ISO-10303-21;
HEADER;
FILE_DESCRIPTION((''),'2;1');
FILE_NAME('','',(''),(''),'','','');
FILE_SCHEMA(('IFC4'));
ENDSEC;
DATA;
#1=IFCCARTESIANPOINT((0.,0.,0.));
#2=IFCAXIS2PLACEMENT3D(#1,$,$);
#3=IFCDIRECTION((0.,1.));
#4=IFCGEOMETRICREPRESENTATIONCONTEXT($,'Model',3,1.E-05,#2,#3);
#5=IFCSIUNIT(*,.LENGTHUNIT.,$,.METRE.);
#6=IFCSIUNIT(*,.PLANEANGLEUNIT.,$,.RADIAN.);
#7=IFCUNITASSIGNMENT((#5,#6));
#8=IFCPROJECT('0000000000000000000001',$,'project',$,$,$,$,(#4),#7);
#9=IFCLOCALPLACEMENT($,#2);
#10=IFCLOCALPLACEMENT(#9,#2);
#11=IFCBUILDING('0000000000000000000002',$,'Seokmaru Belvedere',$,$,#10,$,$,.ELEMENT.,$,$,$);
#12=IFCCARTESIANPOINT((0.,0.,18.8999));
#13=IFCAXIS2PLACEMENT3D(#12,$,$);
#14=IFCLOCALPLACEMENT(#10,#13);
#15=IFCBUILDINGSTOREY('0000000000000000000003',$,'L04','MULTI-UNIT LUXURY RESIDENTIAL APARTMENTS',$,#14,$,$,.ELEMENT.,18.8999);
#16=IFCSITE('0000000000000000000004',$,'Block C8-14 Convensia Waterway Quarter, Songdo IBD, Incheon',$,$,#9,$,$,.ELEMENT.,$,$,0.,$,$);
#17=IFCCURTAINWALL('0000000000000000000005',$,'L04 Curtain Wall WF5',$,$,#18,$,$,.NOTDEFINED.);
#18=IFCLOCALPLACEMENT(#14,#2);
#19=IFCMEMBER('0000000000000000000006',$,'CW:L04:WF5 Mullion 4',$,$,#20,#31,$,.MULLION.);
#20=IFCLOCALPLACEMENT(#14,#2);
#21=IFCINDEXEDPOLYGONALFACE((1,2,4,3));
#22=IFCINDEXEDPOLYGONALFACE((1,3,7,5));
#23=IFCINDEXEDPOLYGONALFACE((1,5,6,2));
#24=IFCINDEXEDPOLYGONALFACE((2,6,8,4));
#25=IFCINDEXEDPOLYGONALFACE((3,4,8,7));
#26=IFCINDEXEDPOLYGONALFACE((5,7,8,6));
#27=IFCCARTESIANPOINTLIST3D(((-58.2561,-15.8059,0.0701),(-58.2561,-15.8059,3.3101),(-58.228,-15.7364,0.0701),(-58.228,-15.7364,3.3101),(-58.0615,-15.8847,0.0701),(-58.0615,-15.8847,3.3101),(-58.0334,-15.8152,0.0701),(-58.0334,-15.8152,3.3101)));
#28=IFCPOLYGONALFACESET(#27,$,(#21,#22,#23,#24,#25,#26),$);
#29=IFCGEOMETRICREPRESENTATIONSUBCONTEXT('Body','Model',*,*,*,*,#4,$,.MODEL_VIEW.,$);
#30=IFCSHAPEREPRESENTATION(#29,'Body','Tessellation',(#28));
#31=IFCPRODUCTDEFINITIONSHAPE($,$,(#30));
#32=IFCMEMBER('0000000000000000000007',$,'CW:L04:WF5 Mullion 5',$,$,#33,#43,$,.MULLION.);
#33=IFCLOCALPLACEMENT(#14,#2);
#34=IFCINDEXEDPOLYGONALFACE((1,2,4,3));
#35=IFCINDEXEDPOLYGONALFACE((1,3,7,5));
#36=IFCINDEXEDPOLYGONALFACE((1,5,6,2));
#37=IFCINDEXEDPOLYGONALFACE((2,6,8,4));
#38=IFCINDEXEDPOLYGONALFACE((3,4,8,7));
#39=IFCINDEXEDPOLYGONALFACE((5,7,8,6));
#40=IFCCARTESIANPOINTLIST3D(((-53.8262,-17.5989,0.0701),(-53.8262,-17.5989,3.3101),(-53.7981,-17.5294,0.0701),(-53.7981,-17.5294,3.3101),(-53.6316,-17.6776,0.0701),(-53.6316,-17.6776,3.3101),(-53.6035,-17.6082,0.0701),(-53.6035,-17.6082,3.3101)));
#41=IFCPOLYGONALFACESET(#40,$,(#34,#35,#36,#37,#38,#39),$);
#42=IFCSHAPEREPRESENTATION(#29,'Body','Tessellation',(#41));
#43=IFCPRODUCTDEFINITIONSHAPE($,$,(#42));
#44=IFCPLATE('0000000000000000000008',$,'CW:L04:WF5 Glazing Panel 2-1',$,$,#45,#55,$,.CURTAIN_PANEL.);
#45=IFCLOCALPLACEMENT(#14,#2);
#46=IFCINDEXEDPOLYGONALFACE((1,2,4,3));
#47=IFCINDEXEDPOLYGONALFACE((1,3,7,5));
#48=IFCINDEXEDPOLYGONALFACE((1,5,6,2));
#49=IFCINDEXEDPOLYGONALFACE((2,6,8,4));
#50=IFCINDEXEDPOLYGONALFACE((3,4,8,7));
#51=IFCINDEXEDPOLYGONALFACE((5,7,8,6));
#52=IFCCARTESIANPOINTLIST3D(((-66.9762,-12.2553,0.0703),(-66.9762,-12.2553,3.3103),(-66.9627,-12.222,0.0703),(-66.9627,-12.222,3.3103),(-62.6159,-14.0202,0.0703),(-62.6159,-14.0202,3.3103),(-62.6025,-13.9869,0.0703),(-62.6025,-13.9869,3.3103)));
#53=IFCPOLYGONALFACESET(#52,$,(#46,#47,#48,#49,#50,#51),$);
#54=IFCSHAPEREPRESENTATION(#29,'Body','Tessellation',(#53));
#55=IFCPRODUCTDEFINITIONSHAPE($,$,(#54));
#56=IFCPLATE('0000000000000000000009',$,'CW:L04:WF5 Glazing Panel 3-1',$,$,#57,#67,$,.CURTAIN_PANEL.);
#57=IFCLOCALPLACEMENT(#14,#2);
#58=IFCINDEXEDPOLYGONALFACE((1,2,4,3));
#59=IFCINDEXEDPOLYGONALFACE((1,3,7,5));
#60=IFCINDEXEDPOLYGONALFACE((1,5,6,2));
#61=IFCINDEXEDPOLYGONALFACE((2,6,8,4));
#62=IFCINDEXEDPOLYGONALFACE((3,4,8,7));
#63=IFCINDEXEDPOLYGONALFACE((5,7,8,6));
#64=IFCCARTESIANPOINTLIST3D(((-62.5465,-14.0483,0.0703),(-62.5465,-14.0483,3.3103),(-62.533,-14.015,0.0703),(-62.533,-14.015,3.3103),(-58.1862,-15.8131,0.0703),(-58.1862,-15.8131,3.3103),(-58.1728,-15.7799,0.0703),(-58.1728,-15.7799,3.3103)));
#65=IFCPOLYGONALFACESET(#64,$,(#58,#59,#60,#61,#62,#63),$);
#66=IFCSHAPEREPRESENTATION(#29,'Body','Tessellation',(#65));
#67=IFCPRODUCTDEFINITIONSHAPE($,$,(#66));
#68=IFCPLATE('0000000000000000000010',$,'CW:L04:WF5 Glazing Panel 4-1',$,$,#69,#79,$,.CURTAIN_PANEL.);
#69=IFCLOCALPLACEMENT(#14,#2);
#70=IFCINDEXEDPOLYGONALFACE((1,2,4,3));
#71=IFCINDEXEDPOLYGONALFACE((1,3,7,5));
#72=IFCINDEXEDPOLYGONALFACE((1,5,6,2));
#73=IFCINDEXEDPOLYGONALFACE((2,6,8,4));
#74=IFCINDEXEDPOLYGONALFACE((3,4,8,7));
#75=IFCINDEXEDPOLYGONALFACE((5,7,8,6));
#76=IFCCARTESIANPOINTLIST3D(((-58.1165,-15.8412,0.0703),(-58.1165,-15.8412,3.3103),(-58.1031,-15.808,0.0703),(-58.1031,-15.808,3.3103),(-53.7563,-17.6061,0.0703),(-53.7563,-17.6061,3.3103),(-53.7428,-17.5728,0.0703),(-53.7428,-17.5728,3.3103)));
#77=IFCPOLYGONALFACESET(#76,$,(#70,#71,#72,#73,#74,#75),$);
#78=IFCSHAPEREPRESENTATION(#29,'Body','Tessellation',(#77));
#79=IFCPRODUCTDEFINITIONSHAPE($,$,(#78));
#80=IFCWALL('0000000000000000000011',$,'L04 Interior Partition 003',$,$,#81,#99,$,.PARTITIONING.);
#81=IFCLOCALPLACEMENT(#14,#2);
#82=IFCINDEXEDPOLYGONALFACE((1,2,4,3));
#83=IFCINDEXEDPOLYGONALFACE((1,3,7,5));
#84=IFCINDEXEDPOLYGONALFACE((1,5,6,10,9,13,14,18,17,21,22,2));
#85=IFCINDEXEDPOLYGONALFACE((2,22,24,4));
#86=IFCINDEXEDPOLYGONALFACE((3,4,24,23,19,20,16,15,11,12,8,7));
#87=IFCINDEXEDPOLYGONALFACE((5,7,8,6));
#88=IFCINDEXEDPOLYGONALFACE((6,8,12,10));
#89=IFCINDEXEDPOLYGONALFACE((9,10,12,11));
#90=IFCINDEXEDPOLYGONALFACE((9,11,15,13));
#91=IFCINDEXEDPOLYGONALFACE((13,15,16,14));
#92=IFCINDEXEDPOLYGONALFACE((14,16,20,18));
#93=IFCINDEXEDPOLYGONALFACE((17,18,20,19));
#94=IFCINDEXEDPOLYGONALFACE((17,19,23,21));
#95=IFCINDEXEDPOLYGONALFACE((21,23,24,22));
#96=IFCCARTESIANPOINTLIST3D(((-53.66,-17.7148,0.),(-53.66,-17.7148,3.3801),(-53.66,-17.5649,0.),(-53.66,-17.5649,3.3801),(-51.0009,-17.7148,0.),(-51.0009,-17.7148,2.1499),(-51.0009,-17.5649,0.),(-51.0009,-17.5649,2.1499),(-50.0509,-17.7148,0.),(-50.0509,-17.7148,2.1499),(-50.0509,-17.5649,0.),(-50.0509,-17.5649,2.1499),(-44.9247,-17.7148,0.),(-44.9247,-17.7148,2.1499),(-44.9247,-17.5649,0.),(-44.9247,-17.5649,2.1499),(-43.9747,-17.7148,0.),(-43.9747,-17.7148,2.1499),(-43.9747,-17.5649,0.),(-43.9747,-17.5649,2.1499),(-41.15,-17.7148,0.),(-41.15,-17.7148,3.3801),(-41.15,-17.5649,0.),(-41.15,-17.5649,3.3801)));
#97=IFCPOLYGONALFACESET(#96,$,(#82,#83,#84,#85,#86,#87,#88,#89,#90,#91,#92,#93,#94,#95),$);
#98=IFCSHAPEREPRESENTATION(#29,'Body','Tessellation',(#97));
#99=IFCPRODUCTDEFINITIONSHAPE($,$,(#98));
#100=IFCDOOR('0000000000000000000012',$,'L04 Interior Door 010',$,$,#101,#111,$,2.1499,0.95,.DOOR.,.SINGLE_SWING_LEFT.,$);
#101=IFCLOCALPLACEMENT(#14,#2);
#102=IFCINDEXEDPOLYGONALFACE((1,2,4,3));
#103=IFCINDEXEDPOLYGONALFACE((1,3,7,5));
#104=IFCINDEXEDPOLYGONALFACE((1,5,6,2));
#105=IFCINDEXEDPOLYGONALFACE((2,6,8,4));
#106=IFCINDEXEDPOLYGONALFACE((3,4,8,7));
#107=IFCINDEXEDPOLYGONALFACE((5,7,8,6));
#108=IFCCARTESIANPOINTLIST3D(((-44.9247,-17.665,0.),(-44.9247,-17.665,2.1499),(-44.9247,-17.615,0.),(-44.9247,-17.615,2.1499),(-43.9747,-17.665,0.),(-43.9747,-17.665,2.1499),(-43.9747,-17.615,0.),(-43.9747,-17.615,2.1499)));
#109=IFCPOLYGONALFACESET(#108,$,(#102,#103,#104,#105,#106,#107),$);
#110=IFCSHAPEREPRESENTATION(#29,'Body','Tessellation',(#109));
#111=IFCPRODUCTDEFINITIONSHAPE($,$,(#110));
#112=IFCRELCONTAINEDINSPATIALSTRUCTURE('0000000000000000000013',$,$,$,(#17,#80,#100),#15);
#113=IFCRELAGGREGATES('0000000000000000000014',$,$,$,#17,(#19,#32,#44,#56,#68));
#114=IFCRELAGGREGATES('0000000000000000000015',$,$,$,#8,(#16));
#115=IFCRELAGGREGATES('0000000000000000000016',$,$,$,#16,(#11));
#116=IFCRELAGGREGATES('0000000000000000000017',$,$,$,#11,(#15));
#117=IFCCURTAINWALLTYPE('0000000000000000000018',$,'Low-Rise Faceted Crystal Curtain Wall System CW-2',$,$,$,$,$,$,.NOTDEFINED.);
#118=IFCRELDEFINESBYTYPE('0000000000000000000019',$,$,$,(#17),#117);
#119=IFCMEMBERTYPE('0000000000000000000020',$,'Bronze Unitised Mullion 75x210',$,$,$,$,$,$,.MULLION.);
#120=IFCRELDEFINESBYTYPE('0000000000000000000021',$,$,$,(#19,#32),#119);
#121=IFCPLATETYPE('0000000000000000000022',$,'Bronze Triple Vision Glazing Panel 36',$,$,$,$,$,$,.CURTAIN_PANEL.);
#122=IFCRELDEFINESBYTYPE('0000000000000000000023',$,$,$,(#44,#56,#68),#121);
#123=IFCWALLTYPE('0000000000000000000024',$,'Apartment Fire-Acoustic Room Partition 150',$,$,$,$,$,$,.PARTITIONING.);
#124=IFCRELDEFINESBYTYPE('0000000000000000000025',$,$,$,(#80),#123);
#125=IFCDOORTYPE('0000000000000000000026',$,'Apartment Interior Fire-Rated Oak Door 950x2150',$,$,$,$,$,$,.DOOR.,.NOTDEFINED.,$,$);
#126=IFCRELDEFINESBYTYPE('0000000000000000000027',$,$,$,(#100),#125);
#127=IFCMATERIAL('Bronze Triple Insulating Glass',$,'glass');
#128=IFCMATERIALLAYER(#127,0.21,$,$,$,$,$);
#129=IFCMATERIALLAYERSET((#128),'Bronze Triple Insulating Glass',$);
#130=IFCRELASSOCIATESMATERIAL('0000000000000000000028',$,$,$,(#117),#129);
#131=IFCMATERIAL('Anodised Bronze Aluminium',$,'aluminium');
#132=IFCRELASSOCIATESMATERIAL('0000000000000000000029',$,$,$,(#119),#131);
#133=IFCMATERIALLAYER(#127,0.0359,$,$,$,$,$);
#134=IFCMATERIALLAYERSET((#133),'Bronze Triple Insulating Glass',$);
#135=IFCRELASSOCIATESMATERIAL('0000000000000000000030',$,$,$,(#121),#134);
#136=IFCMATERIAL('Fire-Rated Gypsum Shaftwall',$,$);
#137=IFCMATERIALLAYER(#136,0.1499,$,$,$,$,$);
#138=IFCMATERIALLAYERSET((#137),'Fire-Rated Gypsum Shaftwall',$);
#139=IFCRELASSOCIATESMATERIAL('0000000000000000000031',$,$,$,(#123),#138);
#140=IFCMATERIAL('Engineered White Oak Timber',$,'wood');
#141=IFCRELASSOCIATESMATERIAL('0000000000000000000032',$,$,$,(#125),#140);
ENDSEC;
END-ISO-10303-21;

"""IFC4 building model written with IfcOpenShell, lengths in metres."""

from ifc_helpers import new_model, si_unit, direction, frame, frame_2d, origin, origin_2d, place, context, subcontext, project, spatial, rectangle, extrude, source, transform, mapped, material, layer, layer_set, material_profile, profile_set, type_object, type_shapes, element, fill, aggregate, save


model = new_model("IFC4")

# Units and contexts
model_context = context("Model", 3, precision=1e-05, world=origin(), true_north=direction((0.0, 1.0)))
body_context = subcontext(model_context, "Body", "Model", "MODEL_VIEW")
ifc_project = project(units=[si_unit("LENGTHUNIT", "METRE"), si_unit("PLANEANGLEUNIT", "RADIAN")], contexts=[model_context])

# Site, building, storey
site_placement = place(None, origin())
site = spatial("IfcSite", under=ifc_project, at=site_placement, Name="Block C8-14 Convensia Waterway Quarter, Songdo IBD, Incheon", CompositionType="ELEMENT", RefElevation=0.0)
building_placement = place(site_placement, origin())
building = spatial("IfcBuilding", under=site, at=building_placement, Name="Seokmaru Belvedere", CompositionType="ELEMENT")
storey_placement = place(building_placement, frame((0.0, 0.0, 18.8999)))
storey = spatial("IfcBuildingStorey", under=building, at=storey_placement, Name="L04", Description="MULTI-UNIT LUXURY RESIDENTIAL APARTMENTS", CompositionType="ELEMENT", Elevation=18.8999)

# Curtain wall, members, plates
ifc_material_1 = material(Name="Bronze Triple Insulating Glass", Category="glass")
ifc_layer_1 = layer(ifc_material_1, 0.21)
ifc_layer_set_1 = layer_set([ifc_layer_1], Name="Bronze Triple Insulating Glass")
curtain_wall_type = type_object("IfcCurtainWallType", Name="Low-Rise Faceted Crystal Curtain Wall System CW-2", PredefinedType="NOTDEFINED", material=ifc_layer_set_1)
curtain_wall_placement = place(storey_placement, origin())
curtain_wall = element("IfcCurtainWall", 1, at=curtain_wall_placement, inside=storey, type_object=curtain_wall_type, Name="L04 Curtain Wall WF5", PredefinedType="NOTDEFINED")
ifc_material_2 = material(Name="Anodised Bronze Aluminium", Category="aluminium")
ifc_material_profile_1 = material_profile(ifc_material_2, rectangle(XDim=0.075, YDim=0.21, at=origin_2d()), Name="CW-M-75x210")
ifc_profile_set_1 = profile_set([ifc_material_profile_1], Name="Anodised Bronze Aluminium")
member_type = type_object("IfcMemberType", Name="Bronze Unitised Mullion 75x210", PredefinedType="MULLION", material=ifc_profile_set_1)
shared_shape_1 = source(origin(), body_context, "Body", "SweptSolid", [
    extrude(rectangle(XDim=0.075, YDim=0.21, at=origin_2d()), origin(), (0.0, 0.0, 1.0), 3.24),
])
type_shapes(member_type, [shared_shape_1])
member_1_placement = place(storey_placement, frame((-58.1448, -15.8105, 0.0701), z_axis=(0.0, 0.0, 1.0), x_axis=(0.375192, 0.926947, 0.0)))
member_1 = element("IfcMember", 2, at=member_1_placement, type_object=member_type, Name="CW:L04:WF5 Mullion 4", PredefinedType="MULLION", context=body_context, shape_type="MappedRepresentation", body=[
    mapped(shared_shape_1, transform((0.0, 0.0, 0.0), scale=1.0)),
])
member_2_placement = place(storey_placement, frame((-53.7148, -17.6035, 0.0701), z_axis=(0.0, 0.0, 1.0), x_axis=(0.375192, 0.926947, 0.0)))
member_2 = element("IfcMember", 3, at=member_2_placement, type_object=member_type, Name="CW:L04:WF5 Mullion 5", PredefinedType="MULLION", context=body_context, shape_type="MappedRepresentation", body=[
    mapped(shared_shape_1, transform((0.0, 0.0, 0.0), scale=1.0)),
])
ifc_layer_2 = layer(ifc_material_1, 0.0359)
ifc_layer_set_2 = layer_set([ifc_layer_2], Name="Bronze Triple Insulating Glass")
plate_type = type_object("IfcPlateType", Name="Bronze Triple Vision Glazing Panel 36", PredefinedType="CURTAIN_PANEL", material=ifc_layer_set_2)
shared_shape_2 = source(origin(), body_context, "Body", "SweptSolid", [
    extrude(rectangle(XDim=4.7039, YDim=0.0359, at=origin_2d()), origin(), (0.0, 0.0, 1.0), 3.24),
])
type_shapes(plate_type, [shared_shape_2])
plate_1_placement = place(storey_placement, frame((-64.7893, -13.1211, 0.0703), z_axis=(0.0, 0.0, 1.0), x_axis=(0.926947, -0.375192, 0.0)))
plate_1 = element("IfcPlate", 4, at=plate_1_placement, type_object=plate_type, Name="CW:L04:WF5 Glazing Panel 2-1", PredefinedType="CURTAIN_PANEL", context=body_context, shape_type="MappedRepresentation", body=[
    mapped(shared_shape_2, transform((0.0, 0.0, 0.0), scale=1.0)),
])
plate_2_placement = place(storey_placement, frame((-60.3596, -14.9141, 0.0703), z_axis=(0.0, 0.0, 1.0), x_axis=(0.926947, -0.375192, 0.0)))
plate_2 = element("IfcPlate", 5, at=plate_2_placement, type_object=plate_type, Name="CW:L04:WF5 Glazing Panel 3-1", PredefinedType="CURTAIN_PANEL", context=body_context, shape_type="MappedRepresentation", body=[
    mapped(shared_shape_2, transform((0.0, 0.0, 0.0), scale=1.0)),
])
plate_3_placement = place(storey_placement, frame((-55.9297, -16.707, 0.0703), z_axis=(0.0, 0.0, 1.0), x_axis=(0.926947, -0.375192, 0.0)))
plate_3 = element("IfcPlate", 6, at=plate_3_placement, type_object=plate_type, Name="CW:L04:WF5 Glazing Panel 4-1", PredefinedType="CURTAIN_PANEL", context=body_context, shape_type="MappedRepresentation", body=[
    mapped(shared_shape_2, transform((0.0, 0.0, 0.0), scale=1.0)),
])
aggregate(curtain_wall, [member_1, member_2, plate_1, plate_2, plate_3])

# Wall, openings, door
ifc_material_3 = material(Name="Fire-Rated Gypsum Shaftwall")
ifc_layer_3 = layer(ifc_material_3, 0.1499)
ifc_layer_set_3 = layer_set([ifc_layer_3], Name="Fire-Rated Gypsum Shaftwall")
wall_type = type_object("IfcWallType", Name="Apartment Fire-Acoustic Room Partition 150", PredefinedType="PARTITIONING", material=ifc_layer_set_3)
wall_1_placement = place(storey_placement, frame((-53.6599, -17.6399, 0.0), z_axis=(0.0, 0.0, 1.0), x_axis=(1.0, 0.0, 0.0)))
wall_1 = element("IfcWall", 7, at=wall_1_placement, inside=storey, type_object=wall_type, Name="L04 Interior Partition 003", PredefinedType="PARTITIONING", context=body_context, shape_type="SweptSolid", body=[
    extrude(rectangle(XDim=12.51, YDim=0.1499, at=frame_2d((6.2549, 0.0))), origin(), (0.0, 0.0, 1.0), 3.3801),
])
opening_1_placement = place(wall_1_placement, frame((8.7351, 0.0, 0.0)))
opening_1 = element("IfcOpeningElement", 8, at=opening_1_placement, cuts=wall_1, PredefinedType="OPENING", context=body_context, shape_type="SweptSolid", body=[
    extrude(rectangle(XDim=0.95, YDim=2.1499, at=frame_2d((0.4751, 1.075))), frame((0.0, 0.085, 0.0), z_axis=(0.0, -1.0, 0.0), x_axis=(1.0, 0.0, 0.0)), (0.0, 0.0, 1.0), 0.1699),
])
opening_2_placement = place(wall_1_placement, frame((2.6589, 0.0, 0.0)))
element("IfcOpeningElement", 9, at=opening_2_placement, cuts=wall_1, PredefinedType="OPENING", context=body_context, shape_type="SweptSolid", body=[
    extrude(rectangle(XDim=0.95, YDim=2.1499, at=frame_2d((0.4751, 1.075))), frame((0.0, 0.085, 0.0), z_axis=(0.0, -1.0, 0.0), x_axis=(1.0, 0.0, 0.0)), (0.0, 0.0, 1.0), 0.1699),
])
ifc_material_4 = material(Name="Engineered White Oak Timber", Category="wood")
door_type = type_object("IfcDoorType", Name="Apartment Interior Fire-Rated Oak Door 950x2150", OperationType="NOTDEFINED", PredefinedType="DOOR", material=ifc_material_4)
shared_shape_3 = source(origin(), body_context, "Body", "SweptSolid", [
    extrude(rectangle(XDim=0.95, YDim=2.1499, at=frame_2d((0.4751, 1.075))), frame((0.0, 0.0249, 0.0), z_axis=(0.0, -1.0, 0.0), x_axis=(1.0, 0.0, 0.0)), (0.0, 0.0, 1.0), 0.05),
])
type_shapes(door_type, [shared_shape_3])
door_1_placement = place(opening_1_placement, origin())
door_1 = element("IfcDoor", 10, at=door_1_placement, inside=storey, type_object=door_type, Name="L04 Interior Door 010", OperationType="SINGLE_SWING_LEFT", OverallHeight=2.1499, OverallWidth=0.95, PredefinedType="DOOR", context=body_context, shape_type="MappedRepresentation", body=[
    mapped(shared_shape_3, transform((0.0, 0.0, 0.0), scale=1.0)),
])
fill(opening_1, door_1)

save(model, "model.ifc")
